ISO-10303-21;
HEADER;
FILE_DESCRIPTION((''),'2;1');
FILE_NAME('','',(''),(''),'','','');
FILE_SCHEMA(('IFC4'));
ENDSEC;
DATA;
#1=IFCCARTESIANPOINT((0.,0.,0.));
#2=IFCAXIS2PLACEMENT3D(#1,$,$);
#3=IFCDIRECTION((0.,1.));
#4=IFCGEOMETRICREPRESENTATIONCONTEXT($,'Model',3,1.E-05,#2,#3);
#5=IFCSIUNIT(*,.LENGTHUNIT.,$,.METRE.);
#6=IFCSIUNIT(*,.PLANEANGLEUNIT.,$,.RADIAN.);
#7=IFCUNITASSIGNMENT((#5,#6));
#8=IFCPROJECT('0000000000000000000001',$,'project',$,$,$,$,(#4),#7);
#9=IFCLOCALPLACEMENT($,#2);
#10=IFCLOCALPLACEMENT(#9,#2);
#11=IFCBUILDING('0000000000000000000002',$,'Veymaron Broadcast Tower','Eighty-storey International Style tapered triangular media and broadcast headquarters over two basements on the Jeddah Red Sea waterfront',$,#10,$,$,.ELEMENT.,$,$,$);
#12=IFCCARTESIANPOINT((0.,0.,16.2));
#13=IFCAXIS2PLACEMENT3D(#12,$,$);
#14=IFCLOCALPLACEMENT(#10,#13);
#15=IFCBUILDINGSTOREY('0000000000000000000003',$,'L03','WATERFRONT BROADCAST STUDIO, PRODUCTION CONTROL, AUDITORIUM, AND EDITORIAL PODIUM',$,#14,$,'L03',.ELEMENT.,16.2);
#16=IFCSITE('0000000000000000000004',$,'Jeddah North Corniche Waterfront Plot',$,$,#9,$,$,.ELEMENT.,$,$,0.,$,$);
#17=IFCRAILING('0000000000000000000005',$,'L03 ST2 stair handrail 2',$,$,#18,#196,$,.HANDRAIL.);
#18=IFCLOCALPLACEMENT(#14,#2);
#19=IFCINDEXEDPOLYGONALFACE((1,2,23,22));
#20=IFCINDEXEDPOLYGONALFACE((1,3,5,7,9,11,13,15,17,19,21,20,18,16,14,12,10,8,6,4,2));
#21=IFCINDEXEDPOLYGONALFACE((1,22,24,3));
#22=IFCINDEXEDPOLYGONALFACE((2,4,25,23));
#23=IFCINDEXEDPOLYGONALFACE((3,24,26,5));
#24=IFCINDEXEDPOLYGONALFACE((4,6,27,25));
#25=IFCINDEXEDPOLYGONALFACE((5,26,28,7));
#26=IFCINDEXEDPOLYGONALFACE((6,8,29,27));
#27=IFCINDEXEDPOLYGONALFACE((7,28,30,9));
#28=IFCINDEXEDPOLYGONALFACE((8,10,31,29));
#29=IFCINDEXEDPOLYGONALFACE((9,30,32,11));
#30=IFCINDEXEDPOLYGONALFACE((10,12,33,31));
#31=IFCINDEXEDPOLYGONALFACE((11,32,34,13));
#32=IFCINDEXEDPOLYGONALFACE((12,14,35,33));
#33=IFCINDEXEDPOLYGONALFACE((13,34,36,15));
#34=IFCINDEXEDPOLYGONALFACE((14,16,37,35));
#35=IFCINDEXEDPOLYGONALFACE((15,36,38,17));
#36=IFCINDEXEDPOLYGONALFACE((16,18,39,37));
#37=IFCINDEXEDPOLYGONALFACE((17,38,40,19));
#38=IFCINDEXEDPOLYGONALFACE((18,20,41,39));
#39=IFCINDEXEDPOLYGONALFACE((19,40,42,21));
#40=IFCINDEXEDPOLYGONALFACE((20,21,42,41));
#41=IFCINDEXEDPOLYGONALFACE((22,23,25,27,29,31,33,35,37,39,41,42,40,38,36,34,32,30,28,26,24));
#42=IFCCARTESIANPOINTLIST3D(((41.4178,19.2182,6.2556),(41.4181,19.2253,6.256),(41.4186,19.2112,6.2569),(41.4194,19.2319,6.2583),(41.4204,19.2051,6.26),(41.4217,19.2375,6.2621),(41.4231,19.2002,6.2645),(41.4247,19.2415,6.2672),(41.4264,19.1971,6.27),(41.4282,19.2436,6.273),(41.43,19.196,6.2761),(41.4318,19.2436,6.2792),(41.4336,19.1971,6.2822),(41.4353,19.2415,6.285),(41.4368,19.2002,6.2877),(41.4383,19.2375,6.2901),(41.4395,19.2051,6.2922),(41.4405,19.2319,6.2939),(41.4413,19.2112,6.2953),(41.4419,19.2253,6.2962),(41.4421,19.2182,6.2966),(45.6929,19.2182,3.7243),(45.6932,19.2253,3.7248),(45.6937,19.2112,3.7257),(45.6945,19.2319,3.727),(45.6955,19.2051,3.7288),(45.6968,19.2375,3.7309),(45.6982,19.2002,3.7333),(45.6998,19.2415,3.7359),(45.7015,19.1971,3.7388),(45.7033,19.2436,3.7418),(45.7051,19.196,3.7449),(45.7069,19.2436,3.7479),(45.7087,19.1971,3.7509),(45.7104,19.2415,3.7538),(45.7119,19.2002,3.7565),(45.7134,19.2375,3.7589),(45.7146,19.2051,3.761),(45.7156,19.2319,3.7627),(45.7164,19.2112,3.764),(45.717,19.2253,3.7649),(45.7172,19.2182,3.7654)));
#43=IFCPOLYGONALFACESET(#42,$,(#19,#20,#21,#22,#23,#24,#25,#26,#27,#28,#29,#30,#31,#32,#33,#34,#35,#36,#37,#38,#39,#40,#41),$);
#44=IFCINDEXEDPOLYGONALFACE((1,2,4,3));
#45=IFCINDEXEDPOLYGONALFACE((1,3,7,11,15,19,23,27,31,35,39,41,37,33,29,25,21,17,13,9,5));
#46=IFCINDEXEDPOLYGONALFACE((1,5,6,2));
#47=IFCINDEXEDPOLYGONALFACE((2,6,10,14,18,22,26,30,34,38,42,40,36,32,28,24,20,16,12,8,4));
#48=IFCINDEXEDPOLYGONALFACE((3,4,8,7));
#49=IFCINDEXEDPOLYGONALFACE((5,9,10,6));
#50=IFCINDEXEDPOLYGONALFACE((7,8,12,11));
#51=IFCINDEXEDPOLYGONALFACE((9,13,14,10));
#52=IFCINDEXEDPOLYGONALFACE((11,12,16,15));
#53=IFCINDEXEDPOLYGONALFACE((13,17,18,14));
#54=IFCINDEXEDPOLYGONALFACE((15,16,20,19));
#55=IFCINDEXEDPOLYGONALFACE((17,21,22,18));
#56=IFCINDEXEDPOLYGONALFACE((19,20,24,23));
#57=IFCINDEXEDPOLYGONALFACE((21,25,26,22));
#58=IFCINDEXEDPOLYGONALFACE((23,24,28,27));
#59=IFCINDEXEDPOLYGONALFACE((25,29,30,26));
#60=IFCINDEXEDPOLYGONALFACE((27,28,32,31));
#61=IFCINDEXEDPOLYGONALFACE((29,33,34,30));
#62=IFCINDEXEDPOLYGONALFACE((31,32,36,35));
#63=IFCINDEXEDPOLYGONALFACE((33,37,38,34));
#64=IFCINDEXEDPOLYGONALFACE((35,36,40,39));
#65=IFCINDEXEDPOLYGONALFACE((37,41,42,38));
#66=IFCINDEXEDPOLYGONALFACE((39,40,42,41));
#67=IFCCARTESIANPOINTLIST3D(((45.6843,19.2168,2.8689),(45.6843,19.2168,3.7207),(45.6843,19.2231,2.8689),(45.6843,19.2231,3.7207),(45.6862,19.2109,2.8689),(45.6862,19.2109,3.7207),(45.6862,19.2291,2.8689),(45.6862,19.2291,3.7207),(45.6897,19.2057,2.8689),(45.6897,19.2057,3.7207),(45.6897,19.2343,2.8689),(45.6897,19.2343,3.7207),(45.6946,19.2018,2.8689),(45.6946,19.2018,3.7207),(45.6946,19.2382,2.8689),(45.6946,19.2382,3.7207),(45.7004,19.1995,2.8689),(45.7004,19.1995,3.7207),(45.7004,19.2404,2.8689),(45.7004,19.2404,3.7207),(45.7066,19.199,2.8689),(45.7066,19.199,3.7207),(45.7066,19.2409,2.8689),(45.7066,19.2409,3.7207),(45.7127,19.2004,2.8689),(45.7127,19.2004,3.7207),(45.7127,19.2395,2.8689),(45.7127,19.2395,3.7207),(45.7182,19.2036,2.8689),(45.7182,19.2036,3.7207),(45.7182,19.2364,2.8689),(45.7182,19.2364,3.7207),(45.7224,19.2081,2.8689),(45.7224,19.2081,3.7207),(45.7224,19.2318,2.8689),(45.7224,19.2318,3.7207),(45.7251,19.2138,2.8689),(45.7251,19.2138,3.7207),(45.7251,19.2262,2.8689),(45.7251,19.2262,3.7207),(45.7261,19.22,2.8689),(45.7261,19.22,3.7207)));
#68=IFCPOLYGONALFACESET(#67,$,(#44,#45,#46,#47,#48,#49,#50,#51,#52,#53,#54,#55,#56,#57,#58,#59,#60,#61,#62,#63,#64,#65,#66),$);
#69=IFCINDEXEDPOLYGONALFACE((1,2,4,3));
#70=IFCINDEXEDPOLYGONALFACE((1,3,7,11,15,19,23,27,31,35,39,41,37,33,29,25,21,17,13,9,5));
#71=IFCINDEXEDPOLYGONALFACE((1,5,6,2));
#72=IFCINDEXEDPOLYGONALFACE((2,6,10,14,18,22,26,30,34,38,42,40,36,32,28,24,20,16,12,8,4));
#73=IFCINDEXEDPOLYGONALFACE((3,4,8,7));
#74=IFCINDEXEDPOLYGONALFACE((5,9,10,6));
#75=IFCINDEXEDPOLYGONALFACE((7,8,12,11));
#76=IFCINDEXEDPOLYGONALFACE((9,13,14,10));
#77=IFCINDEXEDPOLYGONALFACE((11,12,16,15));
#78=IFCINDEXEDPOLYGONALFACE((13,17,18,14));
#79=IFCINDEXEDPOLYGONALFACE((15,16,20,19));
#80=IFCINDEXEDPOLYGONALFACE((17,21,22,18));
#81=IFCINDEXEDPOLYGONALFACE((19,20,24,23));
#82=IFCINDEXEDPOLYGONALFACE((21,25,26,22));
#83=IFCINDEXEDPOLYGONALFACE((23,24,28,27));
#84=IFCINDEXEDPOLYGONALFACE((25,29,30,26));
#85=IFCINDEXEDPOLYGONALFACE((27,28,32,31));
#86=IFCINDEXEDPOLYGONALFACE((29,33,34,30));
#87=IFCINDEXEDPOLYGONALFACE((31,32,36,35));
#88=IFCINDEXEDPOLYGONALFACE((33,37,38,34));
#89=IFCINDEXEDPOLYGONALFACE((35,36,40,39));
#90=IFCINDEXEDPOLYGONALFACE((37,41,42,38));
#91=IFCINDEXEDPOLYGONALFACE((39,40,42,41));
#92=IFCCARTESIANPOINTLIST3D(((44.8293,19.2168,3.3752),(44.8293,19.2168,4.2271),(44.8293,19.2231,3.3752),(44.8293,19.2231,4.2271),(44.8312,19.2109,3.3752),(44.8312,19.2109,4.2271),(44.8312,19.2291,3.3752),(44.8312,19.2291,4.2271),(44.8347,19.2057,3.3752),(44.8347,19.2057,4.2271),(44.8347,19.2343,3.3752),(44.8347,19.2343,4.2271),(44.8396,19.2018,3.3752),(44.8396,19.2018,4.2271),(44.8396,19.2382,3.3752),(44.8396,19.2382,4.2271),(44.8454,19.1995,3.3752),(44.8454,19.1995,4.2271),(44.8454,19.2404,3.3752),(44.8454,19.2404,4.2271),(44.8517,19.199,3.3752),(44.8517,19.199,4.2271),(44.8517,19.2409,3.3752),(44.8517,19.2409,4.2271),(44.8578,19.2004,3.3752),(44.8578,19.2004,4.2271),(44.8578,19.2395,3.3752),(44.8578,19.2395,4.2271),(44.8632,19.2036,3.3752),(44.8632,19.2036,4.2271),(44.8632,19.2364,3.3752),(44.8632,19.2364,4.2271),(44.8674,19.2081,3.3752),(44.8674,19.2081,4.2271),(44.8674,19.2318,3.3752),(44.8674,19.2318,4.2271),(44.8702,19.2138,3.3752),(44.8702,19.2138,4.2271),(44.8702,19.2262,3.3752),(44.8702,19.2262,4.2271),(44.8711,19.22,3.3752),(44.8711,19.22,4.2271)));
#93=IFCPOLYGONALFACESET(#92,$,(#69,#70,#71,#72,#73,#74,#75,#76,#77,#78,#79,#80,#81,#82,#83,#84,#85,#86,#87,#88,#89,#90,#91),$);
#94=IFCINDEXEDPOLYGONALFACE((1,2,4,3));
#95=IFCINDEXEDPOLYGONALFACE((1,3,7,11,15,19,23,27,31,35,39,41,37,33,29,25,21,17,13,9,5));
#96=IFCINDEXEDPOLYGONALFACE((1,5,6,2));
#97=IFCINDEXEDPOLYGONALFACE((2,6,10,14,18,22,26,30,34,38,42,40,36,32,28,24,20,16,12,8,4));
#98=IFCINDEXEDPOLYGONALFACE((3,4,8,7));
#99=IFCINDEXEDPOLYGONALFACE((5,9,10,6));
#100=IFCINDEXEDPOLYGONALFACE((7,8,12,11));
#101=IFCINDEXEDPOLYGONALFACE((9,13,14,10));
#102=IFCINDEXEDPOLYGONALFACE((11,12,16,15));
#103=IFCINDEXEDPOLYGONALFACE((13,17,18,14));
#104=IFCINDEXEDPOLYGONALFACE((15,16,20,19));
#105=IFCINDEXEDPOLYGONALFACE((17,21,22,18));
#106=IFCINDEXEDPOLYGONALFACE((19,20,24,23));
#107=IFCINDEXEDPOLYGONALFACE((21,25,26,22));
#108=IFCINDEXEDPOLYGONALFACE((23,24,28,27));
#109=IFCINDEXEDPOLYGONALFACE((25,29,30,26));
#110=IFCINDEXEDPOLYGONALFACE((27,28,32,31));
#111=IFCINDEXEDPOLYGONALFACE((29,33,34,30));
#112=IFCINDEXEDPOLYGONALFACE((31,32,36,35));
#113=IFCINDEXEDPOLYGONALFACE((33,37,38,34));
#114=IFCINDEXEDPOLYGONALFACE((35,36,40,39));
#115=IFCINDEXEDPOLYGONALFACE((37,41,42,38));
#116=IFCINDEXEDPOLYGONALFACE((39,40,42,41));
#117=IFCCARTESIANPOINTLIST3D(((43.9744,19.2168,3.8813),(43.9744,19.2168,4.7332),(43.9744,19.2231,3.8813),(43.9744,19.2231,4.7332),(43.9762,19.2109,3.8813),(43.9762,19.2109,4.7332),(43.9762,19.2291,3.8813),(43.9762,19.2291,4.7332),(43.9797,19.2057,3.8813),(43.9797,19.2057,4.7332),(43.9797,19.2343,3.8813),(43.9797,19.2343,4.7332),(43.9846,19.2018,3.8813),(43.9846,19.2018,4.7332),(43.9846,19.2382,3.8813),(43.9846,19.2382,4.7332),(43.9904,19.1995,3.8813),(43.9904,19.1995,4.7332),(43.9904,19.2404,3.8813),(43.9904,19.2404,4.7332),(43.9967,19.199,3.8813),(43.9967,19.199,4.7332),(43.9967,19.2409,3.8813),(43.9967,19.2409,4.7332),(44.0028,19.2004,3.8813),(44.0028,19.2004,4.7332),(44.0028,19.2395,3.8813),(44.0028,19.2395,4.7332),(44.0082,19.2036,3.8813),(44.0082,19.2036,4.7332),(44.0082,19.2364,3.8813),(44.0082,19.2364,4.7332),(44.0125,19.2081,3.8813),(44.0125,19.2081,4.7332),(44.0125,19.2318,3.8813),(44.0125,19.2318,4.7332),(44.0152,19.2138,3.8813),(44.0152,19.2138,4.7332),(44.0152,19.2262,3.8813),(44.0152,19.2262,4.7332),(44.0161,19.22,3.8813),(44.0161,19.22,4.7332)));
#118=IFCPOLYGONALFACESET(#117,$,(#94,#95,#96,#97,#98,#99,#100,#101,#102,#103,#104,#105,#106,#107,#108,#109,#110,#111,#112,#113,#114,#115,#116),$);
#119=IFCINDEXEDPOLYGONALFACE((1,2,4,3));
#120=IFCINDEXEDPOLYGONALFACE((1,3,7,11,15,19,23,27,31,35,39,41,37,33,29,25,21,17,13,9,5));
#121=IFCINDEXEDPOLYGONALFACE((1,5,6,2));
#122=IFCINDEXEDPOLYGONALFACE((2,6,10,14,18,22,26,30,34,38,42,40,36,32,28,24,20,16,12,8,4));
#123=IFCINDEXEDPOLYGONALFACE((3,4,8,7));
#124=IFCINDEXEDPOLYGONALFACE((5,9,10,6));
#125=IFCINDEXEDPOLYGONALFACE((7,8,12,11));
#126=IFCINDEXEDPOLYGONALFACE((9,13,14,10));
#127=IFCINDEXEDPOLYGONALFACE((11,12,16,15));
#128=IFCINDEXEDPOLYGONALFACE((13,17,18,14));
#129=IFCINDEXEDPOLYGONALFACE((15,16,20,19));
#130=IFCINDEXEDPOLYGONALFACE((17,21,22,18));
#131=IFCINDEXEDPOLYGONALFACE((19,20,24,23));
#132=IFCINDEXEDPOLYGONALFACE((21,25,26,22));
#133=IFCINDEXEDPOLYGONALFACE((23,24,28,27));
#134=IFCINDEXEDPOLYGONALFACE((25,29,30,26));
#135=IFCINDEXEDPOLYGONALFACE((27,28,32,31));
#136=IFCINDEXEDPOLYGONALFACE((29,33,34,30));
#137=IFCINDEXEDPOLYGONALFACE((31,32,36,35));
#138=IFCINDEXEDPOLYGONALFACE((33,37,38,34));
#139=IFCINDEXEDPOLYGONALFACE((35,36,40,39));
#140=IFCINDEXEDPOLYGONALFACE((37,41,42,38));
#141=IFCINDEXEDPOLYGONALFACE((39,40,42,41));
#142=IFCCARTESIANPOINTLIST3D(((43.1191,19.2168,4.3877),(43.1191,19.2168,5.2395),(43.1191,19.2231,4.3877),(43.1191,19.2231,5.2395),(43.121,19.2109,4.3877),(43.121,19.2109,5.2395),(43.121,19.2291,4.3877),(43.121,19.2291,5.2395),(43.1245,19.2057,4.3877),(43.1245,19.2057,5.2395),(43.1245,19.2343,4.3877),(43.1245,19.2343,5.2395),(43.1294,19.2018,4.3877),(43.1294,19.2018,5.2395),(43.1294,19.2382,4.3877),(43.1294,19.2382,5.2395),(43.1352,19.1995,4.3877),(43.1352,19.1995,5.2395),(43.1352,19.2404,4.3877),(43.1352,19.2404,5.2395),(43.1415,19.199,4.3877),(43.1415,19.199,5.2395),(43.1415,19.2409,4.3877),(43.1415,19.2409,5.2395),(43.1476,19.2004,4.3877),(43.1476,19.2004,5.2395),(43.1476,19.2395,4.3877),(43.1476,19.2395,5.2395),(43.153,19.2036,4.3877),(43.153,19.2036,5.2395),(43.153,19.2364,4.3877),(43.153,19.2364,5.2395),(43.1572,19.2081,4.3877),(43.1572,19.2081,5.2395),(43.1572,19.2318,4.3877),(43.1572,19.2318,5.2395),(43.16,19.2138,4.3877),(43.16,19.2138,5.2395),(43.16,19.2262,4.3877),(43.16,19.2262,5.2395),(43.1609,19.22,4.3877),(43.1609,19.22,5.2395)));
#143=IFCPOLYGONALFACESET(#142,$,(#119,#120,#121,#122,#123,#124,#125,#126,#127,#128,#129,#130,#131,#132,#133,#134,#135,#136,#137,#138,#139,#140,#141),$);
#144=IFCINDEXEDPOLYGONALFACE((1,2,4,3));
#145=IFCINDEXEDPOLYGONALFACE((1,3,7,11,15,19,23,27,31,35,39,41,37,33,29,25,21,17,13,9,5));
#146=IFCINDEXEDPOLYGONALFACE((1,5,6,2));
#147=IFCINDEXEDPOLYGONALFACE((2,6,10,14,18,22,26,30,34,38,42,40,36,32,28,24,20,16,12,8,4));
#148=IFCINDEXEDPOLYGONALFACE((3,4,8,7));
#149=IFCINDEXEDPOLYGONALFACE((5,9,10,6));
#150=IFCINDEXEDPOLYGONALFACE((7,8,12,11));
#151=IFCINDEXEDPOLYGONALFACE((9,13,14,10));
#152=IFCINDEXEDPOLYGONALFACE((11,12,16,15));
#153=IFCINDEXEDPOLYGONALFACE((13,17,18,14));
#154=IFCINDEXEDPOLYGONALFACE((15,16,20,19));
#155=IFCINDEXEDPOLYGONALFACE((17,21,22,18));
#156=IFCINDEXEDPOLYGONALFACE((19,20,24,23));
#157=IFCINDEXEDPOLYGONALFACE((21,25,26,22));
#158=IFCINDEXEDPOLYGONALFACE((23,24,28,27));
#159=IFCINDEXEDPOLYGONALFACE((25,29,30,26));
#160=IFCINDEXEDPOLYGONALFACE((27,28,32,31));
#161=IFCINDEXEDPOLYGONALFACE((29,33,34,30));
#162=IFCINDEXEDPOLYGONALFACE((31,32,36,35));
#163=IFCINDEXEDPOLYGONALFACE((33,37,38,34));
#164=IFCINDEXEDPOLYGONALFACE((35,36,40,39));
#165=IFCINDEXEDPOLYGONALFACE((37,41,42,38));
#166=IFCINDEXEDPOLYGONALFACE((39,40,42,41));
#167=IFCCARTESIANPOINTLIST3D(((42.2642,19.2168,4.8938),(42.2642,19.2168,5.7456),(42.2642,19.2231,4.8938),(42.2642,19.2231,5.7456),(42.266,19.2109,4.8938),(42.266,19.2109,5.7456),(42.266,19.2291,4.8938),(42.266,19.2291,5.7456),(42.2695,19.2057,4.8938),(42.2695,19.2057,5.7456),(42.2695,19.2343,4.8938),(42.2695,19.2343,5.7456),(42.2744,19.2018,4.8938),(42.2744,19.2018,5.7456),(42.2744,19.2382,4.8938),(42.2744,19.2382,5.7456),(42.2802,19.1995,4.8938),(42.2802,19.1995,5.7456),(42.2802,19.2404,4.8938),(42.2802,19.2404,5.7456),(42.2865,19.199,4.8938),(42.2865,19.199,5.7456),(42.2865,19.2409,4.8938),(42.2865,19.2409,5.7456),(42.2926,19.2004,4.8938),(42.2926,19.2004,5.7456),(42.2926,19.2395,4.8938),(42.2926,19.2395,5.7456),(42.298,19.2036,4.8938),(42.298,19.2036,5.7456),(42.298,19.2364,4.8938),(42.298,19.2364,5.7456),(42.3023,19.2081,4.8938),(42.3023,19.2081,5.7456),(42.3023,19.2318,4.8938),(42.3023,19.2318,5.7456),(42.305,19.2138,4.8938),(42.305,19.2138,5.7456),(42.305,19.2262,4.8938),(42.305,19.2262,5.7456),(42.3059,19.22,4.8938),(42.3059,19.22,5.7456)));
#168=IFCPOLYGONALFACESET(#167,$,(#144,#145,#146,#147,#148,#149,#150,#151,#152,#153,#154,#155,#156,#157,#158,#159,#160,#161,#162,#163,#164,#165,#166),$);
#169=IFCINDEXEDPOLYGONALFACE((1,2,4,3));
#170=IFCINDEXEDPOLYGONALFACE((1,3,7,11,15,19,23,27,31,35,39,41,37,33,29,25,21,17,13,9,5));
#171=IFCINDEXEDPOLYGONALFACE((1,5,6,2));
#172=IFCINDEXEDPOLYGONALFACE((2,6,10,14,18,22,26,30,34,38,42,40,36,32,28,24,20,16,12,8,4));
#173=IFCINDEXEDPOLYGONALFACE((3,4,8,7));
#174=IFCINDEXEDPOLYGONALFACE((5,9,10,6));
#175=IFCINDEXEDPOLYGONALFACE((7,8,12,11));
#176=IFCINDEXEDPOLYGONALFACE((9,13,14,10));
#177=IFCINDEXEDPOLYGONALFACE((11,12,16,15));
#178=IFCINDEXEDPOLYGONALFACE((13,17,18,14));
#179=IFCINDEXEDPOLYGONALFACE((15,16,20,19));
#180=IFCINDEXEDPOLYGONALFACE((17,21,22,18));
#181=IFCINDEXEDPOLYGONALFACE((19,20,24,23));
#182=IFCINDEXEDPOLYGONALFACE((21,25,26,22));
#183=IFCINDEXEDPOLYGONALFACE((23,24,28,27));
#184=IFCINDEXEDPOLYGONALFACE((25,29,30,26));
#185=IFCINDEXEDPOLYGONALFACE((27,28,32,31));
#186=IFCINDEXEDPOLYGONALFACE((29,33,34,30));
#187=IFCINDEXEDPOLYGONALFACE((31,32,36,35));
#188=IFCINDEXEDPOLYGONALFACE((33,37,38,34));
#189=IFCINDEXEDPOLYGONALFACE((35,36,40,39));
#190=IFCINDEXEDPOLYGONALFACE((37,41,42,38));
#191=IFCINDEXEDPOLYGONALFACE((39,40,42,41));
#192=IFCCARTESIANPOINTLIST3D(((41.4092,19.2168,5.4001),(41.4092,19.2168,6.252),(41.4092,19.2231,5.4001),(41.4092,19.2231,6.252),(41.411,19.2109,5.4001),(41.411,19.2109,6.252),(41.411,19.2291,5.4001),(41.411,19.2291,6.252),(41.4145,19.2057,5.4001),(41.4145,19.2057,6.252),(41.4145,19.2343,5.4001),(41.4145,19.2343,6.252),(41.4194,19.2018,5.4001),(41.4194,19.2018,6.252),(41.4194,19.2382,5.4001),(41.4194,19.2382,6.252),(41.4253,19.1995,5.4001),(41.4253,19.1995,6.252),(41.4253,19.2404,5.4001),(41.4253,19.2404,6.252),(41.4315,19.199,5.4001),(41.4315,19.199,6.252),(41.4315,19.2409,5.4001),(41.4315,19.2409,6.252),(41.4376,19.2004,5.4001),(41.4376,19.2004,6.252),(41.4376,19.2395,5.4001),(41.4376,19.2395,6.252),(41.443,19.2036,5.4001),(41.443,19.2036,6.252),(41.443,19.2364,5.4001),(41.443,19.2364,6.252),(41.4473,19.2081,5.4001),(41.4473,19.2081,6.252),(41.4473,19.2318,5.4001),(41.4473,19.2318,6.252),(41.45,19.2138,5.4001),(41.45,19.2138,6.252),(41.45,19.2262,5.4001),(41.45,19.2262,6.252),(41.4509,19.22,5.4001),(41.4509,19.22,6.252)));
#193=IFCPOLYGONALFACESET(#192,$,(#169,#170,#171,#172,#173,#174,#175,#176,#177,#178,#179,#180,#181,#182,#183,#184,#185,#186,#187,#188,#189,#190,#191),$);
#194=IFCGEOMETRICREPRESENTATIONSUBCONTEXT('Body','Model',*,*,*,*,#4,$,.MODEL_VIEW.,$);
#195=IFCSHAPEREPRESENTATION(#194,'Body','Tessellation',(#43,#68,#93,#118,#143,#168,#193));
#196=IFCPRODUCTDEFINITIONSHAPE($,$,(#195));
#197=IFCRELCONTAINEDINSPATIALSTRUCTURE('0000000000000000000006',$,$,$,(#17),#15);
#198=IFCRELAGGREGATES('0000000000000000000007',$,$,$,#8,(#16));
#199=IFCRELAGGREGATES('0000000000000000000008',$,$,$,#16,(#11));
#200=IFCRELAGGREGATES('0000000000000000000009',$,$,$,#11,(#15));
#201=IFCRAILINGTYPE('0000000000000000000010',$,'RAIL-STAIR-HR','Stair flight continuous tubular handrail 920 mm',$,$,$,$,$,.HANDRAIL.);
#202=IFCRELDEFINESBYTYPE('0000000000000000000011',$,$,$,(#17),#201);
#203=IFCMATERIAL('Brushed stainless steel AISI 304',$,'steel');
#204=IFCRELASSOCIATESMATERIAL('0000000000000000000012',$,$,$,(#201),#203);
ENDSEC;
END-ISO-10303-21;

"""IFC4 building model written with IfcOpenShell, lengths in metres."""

from ifc_helpers import new_model, si_unit, direction, frame, origin, origin_2d, place, context, subcontext, project, spatial, circle, extrude, material, type_object, element, save


model = new_model("IFC4")

# Units and contexts
model_context = context("Model", 3, precision=1e-05, world=origin(), true_north=direction((0.0, 1.0)))
body_context = subcontext(model_context, "Body", "Model", "MODEL_VIEW")
ifc_project = project(units=[si_unit("LENGTHUNIT", "METRE"), si_unit("PLANEANGLEUNIT", "RADIAN")], contexts=[model_context])

# Site, building, storey
site_placement = place(None, origin())
site = spatial("IfcSite", under=ifc_project, at=site_placement, Name="Jeddah North Corniche Waterfront Plot", CompositionType="ELEMENT", RefElevation=0.0)
building_placement = place(site_placement, origin())
building = spatial("IfcBuilding", under=site, at=building_placement, Name="Veymaron Broadcast Tower", Description="Eighty-storey International Style tapered triangular media and broadcast headquarters over two basements on the Jeddah Red Sea waterfront", CompositionType="ELEMENT")
storey_placement = place(building_placement, frame((0.0, 0.0, 16.2)))
storey = spatial("IfcBuildingStorey", under=building, at=storey_placement, Name="L03", Description="WATERFRONT BROADCAST STUDIO, PRODUCTION CONTROL, AUDITORIUM, AND EDITORIAL PODIUM", LongName="L03", CompositionType="ELEMENT", Elevation=16.2)

# Shared definitions
ifc_material_1 = material(Name="Brushed stainless steel AISI 304", Category="steel")

# Railing
railing_type_1 = type_object("IfcRailingType", Name="RAIL-STAIR-HR", Description="Stair flight continuous tubular handrail 920 mm", PredefinedType="HANDRAIL", material=ifc_material_1)
railing_1_placement = place(storey_placement, frame((45.7051, 19.22, 2.8689)))
element("IfcRailing", 1, at=railing_1_placement, inside=storey, type_object=railing_type_1, Name="L03 ST2 stair handrail 2", PredefinedType="HANDRAIL", context=body_context, shape_type="SweptSolid", body=[
    extrude(circle(Radius=0.0239, at=origin_2d()), frame((0.0, 0.0, 0.876), z_axis=(-0.860483, 0.0, 0.509479), x_axis=(0.0, -1.0, 0.0)), (0.0, 0.0, 1.0), 4.9683),
    extrude(circle(Radius=0.021, at=origin_2d()), origin(), (0.0, 0.0, 1.0), 0.8518),
    extrude(circle(Radius=0.021, at=origin_2d()), frame((-0.855, 0.0, 0.5063)), (0.0, 0.0, 1.0), 0.8518),
    extrude(circle(Radius=0.021, at=origin_2d()), frame((-1.71, 0.0, 1.0125)), (0.0, 0.0, 1.0), 0.8518),
    extrude(circle(Radius=0.021, at=origin_2d()), frame((-2.5652, 0.0, 1.5188)), (0.0, 0.0, 1.0), 0.8518),
    extrude(circle(Radius=0.021, at=origin_2d()), frame((-3.4202, 0.0, 2.0249)), (0.0, 0.0, 1.0), 0.8518),
    extrude(circle(Radius=0.021, at=origin_2d()), frame((-4.2751, 0.0, 2.5312)), (0.0, 0.0, 1.0), 0.8518),
])

save(model, "model.ifc")
